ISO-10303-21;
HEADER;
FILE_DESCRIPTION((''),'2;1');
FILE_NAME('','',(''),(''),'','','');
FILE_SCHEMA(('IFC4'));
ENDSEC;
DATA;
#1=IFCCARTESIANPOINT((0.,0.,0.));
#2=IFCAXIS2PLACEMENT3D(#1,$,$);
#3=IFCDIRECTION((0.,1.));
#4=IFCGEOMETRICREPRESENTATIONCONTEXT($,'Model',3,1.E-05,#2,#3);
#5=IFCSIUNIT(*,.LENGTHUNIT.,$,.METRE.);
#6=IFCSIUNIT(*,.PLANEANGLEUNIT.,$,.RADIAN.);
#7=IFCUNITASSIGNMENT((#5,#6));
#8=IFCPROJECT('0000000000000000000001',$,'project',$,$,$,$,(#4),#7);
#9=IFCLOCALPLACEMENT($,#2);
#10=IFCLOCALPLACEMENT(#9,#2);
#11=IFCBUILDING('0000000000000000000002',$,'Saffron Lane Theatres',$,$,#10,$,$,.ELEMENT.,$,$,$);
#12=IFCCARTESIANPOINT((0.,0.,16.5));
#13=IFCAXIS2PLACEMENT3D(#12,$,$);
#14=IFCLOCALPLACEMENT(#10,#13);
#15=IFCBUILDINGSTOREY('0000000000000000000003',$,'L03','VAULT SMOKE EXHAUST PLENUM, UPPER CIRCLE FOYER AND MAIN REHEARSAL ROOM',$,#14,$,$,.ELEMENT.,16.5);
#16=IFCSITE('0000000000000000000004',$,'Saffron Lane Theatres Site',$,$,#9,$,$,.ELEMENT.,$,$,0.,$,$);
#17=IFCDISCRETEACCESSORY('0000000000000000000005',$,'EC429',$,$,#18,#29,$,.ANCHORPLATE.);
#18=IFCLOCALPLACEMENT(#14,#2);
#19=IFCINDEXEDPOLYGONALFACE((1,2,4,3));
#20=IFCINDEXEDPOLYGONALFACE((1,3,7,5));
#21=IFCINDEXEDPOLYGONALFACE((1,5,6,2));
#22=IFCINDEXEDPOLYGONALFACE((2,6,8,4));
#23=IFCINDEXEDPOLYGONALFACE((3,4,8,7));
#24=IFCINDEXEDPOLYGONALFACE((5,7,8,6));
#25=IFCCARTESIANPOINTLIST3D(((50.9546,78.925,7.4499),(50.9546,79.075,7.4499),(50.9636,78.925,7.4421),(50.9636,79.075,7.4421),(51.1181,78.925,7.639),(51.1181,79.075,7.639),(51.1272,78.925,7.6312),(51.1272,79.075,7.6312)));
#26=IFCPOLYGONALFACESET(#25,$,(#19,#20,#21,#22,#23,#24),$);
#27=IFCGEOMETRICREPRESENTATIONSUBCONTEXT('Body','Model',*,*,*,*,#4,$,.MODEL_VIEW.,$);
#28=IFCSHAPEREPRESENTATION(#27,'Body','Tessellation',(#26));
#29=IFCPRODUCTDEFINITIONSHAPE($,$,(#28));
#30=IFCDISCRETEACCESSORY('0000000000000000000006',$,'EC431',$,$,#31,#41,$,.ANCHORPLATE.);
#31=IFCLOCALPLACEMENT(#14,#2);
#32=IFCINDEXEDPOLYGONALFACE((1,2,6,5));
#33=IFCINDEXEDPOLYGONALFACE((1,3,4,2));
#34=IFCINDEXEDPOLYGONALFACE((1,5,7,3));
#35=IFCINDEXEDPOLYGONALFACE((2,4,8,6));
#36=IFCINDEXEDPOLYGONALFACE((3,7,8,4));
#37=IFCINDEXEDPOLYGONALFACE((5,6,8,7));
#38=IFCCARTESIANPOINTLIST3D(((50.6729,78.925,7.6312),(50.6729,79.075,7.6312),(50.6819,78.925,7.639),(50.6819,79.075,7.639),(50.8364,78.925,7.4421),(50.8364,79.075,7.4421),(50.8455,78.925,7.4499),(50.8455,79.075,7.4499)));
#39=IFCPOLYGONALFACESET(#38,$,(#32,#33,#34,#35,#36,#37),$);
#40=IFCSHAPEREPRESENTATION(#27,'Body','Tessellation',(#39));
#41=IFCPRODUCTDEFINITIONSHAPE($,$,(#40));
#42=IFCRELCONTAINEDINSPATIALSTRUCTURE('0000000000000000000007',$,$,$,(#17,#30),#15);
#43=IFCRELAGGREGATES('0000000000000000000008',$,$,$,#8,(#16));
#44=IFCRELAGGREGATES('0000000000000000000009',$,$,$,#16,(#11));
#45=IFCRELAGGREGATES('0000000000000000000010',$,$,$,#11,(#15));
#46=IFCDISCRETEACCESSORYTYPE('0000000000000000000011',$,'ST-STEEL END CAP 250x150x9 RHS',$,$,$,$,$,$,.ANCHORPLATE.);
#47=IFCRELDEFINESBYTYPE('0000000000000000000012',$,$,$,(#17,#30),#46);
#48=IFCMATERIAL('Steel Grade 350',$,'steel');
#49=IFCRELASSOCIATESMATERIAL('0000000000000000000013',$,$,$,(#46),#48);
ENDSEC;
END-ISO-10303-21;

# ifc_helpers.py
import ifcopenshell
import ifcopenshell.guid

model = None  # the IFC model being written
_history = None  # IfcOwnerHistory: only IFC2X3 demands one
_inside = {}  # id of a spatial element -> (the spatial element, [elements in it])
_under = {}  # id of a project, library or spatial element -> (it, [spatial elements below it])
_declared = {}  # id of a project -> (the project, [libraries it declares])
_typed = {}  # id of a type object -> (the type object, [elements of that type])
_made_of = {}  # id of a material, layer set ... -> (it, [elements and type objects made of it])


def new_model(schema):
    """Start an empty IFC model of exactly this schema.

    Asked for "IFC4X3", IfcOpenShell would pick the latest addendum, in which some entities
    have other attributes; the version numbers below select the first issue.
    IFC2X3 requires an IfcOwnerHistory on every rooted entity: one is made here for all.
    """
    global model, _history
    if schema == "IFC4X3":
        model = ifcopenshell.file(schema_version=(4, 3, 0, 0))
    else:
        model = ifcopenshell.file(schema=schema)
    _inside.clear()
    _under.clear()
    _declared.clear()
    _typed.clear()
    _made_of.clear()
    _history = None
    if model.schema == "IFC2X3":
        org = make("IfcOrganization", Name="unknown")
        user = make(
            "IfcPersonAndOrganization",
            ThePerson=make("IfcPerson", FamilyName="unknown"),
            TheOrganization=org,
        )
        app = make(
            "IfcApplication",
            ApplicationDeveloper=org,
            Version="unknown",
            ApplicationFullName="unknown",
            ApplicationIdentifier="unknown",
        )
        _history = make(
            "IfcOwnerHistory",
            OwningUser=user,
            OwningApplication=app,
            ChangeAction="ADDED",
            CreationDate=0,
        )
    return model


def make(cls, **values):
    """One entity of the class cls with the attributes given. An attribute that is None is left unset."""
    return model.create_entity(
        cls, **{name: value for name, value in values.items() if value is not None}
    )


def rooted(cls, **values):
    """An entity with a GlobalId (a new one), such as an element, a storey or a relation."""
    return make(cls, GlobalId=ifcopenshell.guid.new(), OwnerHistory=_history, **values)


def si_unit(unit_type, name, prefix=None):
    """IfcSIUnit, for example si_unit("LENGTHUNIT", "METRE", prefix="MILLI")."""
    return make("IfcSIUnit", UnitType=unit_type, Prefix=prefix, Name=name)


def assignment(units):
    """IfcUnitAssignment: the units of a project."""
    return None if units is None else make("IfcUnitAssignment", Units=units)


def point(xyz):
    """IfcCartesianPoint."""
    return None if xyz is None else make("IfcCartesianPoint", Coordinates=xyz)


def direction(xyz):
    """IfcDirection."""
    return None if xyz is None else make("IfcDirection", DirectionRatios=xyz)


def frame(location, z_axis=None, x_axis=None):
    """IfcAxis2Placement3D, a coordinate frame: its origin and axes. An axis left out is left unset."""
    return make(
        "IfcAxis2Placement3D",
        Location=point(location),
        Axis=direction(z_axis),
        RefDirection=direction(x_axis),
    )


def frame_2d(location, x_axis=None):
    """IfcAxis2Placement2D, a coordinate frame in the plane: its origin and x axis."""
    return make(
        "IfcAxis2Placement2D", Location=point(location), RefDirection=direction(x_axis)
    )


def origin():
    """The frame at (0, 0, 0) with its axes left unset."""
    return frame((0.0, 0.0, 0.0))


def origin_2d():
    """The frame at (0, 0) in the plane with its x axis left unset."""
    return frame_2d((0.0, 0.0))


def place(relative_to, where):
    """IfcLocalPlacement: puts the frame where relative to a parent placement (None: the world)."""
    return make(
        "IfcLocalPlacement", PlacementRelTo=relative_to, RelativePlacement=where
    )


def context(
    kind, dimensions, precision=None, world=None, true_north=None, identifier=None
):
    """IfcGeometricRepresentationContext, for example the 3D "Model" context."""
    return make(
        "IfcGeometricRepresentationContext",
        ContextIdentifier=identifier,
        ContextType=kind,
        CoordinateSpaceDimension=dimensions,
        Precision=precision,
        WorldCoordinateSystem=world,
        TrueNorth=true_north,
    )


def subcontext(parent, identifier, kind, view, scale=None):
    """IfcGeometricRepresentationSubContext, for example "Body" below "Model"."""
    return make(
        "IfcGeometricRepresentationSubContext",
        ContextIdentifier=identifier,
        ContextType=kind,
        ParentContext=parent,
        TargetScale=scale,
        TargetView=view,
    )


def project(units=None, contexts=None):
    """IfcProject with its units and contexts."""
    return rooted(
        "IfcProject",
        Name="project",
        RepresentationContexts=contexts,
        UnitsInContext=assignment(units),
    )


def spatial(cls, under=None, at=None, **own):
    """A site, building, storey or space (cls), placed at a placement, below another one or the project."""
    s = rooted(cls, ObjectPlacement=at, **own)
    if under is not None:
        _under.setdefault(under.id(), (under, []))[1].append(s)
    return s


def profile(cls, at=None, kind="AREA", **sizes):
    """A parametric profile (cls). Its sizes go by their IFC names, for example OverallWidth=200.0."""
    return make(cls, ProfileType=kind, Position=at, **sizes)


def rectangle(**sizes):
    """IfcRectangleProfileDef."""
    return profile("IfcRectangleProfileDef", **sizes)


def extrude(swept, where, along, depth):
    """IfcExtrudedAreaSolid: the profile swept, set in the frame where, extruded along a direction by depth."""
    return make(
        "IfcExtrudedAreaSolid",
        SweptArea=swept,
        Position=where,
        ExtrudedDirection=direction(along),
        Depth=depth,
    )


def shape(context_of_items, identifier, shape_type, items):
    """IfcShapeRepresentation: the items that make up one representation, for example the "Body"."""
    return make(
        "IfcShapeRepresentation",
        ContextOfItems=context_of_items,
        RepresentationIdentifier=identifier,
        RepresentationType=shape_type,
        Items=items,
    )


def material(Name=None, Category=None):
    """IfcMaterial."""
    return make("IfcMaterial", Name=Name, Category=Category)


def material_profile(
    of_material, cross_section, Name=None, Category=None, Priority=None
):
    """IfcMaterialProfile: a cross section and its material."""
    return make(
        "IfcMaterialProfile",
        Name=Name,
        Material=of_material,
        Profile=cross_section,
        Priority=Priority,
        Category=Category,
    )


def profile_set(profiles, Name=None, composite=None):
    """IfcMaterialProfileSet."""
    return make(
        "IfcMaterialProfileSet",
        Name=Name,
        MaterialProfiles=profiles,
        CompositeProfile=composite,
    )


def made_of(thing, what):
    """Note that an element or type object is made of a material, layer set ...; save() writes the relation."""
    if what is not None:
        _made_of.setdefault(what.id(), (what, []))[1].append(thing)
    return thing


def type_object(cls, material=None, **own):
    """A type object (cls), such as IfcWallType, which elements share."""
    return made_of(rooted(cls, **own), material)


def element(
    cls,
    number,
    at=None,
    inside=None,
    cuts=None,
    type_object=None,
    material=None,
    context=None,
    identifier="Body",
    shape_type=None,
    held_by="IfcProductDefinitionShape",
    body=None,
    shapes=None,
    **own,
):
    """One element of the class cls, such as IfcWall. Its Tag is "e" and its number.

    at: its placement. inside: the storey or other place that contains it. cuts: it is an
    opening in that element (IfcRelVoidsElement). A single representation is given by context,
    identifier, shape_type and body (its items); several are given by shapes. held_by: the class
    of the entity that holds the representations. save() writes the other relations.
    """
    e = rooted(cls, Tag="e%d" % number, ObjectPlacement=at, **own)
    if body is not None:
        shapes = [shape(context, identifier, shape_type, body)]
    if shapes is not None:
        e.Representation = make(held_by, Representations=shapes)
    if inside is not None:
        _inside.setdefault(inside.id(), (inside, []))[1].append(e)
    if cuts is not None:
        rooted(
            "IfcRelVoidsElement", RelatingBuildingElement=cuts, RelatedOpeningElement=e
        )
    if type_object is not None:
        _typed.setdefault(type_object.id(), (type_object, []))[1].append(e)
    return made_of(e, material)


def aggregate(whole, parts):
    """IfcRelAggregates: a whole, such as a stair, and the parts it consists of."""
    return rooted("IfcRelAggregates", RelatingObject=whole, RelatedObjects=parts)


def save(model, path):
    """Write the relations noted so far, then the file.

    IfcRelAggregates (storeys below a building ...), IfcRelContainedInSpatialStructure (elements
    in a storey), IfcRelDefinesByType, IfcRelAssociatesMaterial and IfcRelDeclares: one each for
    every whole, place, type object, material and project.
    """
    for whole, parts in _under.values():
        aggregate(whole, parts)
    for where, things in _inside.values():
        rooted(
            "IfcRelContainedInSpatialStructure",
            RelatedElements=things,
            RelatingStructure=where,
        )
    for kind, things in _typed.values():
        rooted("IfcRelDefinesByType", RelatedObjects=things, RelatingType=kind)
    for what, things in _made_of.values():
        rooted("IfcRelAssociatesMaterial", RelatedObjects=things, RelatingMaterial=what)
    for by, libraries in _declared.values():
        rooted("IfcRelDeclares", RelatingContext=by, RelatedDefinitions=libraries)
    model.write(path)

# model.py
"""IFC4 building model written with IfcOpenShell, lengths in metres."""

from ifc_helpers import new_model, si_unit, direction, frame, origin, origin_2d, place, context, subcontext, project, spatial, rectangle, extrude, material, material_profile, profile_set, type_object, element, save


model = new_model("IFC4")

# Units and contexts
model_context = context("Model", 3, precision=1e-05, world=origin(), true_north=direction((0.0, 1.0)))
body_context = subcontext(model_context, "Body", "Model", "MODEL_VIEW")
ifc_project = project(units=[si_unit("LENGTHUNIT", "METRE"), si_unit("PLANEANGLEUNIT", "RADIAN")], contexts=[model_context])

# Site, building, storey
site_placement = place(None, origin())
site = spatial("IfcSite", under=ifc_project, at=site_placement, Name="Saffron Lane Theatres Site", CompositionType="ELEMENT", RefElevation=0.0)
building_placement = place(site_placement, origin())
building = spatial("IfcBuilding", under=site, at=building_placement, Name="Saffron Lane Theatres", CompositionType="ELEMENT")
storey_placement = place(building_placement, frame((0.0, 0.0, 16.5)))
storey = spatial("IfcBuildingStorey", under=building, at=storey_placement, Name="L03", Description="VAULT SMOKE EXHAUST PLENUM, UPPER CIRCLE FOYER AND MAIN REHEARSAL ROOM", CompositionType="ELEMENT", Elevation=16.5)

# Discrete accessories
ifc_material_1 = material(Name="Steel Grade 350", Category="steel")
ifc_material_profile_1 = material_profile(ifc_material_1, rectangle(XDim=0.1499, YDim=0.25, at=origin_2d()))
ifc_profile_set_1 = profile_set([ifc_material_profile_1], Name="Steel Grade 350")
discrete_accessory_type_1 = type_object("IfcDiscreteAccessoryType", Name="ST-STEEL END CAP 250x150x9 RHS", PredefinedType="ANCHORPLATE", material=ifc_profile_set_1)
for number, where, z_axis, x_axis, name in (
    (1, (51.0454, 79.0, 7.5366), (-0.756363, 0.0, 0.654152), (0.0, -1.0, 0.0), "EC429"),
    (2, (50.7546, 79.0, 7.5366), (0.756363, 0.0, 0.654152), (0.0, 1.0, 0.0), "EC431"),
):
    element("IfcDiscreteAccessory", number, at=place(storey_placement, frame(where, z_axis=z_axis, x_axis=x_axis)), inside=storey, type_object=discrete_accessory_type_1, Name=name, PredefinedType="ANCHORPLATE", context=body_context, shape_type="SweptSolid", body=[
        extrude(rectangle(XDim=0.1499, YDim=0.25, at=origin_2d()), origin(), (0.0, 0.0, 1.0), 0.012),
    ])

save(model, "model.ifc")
